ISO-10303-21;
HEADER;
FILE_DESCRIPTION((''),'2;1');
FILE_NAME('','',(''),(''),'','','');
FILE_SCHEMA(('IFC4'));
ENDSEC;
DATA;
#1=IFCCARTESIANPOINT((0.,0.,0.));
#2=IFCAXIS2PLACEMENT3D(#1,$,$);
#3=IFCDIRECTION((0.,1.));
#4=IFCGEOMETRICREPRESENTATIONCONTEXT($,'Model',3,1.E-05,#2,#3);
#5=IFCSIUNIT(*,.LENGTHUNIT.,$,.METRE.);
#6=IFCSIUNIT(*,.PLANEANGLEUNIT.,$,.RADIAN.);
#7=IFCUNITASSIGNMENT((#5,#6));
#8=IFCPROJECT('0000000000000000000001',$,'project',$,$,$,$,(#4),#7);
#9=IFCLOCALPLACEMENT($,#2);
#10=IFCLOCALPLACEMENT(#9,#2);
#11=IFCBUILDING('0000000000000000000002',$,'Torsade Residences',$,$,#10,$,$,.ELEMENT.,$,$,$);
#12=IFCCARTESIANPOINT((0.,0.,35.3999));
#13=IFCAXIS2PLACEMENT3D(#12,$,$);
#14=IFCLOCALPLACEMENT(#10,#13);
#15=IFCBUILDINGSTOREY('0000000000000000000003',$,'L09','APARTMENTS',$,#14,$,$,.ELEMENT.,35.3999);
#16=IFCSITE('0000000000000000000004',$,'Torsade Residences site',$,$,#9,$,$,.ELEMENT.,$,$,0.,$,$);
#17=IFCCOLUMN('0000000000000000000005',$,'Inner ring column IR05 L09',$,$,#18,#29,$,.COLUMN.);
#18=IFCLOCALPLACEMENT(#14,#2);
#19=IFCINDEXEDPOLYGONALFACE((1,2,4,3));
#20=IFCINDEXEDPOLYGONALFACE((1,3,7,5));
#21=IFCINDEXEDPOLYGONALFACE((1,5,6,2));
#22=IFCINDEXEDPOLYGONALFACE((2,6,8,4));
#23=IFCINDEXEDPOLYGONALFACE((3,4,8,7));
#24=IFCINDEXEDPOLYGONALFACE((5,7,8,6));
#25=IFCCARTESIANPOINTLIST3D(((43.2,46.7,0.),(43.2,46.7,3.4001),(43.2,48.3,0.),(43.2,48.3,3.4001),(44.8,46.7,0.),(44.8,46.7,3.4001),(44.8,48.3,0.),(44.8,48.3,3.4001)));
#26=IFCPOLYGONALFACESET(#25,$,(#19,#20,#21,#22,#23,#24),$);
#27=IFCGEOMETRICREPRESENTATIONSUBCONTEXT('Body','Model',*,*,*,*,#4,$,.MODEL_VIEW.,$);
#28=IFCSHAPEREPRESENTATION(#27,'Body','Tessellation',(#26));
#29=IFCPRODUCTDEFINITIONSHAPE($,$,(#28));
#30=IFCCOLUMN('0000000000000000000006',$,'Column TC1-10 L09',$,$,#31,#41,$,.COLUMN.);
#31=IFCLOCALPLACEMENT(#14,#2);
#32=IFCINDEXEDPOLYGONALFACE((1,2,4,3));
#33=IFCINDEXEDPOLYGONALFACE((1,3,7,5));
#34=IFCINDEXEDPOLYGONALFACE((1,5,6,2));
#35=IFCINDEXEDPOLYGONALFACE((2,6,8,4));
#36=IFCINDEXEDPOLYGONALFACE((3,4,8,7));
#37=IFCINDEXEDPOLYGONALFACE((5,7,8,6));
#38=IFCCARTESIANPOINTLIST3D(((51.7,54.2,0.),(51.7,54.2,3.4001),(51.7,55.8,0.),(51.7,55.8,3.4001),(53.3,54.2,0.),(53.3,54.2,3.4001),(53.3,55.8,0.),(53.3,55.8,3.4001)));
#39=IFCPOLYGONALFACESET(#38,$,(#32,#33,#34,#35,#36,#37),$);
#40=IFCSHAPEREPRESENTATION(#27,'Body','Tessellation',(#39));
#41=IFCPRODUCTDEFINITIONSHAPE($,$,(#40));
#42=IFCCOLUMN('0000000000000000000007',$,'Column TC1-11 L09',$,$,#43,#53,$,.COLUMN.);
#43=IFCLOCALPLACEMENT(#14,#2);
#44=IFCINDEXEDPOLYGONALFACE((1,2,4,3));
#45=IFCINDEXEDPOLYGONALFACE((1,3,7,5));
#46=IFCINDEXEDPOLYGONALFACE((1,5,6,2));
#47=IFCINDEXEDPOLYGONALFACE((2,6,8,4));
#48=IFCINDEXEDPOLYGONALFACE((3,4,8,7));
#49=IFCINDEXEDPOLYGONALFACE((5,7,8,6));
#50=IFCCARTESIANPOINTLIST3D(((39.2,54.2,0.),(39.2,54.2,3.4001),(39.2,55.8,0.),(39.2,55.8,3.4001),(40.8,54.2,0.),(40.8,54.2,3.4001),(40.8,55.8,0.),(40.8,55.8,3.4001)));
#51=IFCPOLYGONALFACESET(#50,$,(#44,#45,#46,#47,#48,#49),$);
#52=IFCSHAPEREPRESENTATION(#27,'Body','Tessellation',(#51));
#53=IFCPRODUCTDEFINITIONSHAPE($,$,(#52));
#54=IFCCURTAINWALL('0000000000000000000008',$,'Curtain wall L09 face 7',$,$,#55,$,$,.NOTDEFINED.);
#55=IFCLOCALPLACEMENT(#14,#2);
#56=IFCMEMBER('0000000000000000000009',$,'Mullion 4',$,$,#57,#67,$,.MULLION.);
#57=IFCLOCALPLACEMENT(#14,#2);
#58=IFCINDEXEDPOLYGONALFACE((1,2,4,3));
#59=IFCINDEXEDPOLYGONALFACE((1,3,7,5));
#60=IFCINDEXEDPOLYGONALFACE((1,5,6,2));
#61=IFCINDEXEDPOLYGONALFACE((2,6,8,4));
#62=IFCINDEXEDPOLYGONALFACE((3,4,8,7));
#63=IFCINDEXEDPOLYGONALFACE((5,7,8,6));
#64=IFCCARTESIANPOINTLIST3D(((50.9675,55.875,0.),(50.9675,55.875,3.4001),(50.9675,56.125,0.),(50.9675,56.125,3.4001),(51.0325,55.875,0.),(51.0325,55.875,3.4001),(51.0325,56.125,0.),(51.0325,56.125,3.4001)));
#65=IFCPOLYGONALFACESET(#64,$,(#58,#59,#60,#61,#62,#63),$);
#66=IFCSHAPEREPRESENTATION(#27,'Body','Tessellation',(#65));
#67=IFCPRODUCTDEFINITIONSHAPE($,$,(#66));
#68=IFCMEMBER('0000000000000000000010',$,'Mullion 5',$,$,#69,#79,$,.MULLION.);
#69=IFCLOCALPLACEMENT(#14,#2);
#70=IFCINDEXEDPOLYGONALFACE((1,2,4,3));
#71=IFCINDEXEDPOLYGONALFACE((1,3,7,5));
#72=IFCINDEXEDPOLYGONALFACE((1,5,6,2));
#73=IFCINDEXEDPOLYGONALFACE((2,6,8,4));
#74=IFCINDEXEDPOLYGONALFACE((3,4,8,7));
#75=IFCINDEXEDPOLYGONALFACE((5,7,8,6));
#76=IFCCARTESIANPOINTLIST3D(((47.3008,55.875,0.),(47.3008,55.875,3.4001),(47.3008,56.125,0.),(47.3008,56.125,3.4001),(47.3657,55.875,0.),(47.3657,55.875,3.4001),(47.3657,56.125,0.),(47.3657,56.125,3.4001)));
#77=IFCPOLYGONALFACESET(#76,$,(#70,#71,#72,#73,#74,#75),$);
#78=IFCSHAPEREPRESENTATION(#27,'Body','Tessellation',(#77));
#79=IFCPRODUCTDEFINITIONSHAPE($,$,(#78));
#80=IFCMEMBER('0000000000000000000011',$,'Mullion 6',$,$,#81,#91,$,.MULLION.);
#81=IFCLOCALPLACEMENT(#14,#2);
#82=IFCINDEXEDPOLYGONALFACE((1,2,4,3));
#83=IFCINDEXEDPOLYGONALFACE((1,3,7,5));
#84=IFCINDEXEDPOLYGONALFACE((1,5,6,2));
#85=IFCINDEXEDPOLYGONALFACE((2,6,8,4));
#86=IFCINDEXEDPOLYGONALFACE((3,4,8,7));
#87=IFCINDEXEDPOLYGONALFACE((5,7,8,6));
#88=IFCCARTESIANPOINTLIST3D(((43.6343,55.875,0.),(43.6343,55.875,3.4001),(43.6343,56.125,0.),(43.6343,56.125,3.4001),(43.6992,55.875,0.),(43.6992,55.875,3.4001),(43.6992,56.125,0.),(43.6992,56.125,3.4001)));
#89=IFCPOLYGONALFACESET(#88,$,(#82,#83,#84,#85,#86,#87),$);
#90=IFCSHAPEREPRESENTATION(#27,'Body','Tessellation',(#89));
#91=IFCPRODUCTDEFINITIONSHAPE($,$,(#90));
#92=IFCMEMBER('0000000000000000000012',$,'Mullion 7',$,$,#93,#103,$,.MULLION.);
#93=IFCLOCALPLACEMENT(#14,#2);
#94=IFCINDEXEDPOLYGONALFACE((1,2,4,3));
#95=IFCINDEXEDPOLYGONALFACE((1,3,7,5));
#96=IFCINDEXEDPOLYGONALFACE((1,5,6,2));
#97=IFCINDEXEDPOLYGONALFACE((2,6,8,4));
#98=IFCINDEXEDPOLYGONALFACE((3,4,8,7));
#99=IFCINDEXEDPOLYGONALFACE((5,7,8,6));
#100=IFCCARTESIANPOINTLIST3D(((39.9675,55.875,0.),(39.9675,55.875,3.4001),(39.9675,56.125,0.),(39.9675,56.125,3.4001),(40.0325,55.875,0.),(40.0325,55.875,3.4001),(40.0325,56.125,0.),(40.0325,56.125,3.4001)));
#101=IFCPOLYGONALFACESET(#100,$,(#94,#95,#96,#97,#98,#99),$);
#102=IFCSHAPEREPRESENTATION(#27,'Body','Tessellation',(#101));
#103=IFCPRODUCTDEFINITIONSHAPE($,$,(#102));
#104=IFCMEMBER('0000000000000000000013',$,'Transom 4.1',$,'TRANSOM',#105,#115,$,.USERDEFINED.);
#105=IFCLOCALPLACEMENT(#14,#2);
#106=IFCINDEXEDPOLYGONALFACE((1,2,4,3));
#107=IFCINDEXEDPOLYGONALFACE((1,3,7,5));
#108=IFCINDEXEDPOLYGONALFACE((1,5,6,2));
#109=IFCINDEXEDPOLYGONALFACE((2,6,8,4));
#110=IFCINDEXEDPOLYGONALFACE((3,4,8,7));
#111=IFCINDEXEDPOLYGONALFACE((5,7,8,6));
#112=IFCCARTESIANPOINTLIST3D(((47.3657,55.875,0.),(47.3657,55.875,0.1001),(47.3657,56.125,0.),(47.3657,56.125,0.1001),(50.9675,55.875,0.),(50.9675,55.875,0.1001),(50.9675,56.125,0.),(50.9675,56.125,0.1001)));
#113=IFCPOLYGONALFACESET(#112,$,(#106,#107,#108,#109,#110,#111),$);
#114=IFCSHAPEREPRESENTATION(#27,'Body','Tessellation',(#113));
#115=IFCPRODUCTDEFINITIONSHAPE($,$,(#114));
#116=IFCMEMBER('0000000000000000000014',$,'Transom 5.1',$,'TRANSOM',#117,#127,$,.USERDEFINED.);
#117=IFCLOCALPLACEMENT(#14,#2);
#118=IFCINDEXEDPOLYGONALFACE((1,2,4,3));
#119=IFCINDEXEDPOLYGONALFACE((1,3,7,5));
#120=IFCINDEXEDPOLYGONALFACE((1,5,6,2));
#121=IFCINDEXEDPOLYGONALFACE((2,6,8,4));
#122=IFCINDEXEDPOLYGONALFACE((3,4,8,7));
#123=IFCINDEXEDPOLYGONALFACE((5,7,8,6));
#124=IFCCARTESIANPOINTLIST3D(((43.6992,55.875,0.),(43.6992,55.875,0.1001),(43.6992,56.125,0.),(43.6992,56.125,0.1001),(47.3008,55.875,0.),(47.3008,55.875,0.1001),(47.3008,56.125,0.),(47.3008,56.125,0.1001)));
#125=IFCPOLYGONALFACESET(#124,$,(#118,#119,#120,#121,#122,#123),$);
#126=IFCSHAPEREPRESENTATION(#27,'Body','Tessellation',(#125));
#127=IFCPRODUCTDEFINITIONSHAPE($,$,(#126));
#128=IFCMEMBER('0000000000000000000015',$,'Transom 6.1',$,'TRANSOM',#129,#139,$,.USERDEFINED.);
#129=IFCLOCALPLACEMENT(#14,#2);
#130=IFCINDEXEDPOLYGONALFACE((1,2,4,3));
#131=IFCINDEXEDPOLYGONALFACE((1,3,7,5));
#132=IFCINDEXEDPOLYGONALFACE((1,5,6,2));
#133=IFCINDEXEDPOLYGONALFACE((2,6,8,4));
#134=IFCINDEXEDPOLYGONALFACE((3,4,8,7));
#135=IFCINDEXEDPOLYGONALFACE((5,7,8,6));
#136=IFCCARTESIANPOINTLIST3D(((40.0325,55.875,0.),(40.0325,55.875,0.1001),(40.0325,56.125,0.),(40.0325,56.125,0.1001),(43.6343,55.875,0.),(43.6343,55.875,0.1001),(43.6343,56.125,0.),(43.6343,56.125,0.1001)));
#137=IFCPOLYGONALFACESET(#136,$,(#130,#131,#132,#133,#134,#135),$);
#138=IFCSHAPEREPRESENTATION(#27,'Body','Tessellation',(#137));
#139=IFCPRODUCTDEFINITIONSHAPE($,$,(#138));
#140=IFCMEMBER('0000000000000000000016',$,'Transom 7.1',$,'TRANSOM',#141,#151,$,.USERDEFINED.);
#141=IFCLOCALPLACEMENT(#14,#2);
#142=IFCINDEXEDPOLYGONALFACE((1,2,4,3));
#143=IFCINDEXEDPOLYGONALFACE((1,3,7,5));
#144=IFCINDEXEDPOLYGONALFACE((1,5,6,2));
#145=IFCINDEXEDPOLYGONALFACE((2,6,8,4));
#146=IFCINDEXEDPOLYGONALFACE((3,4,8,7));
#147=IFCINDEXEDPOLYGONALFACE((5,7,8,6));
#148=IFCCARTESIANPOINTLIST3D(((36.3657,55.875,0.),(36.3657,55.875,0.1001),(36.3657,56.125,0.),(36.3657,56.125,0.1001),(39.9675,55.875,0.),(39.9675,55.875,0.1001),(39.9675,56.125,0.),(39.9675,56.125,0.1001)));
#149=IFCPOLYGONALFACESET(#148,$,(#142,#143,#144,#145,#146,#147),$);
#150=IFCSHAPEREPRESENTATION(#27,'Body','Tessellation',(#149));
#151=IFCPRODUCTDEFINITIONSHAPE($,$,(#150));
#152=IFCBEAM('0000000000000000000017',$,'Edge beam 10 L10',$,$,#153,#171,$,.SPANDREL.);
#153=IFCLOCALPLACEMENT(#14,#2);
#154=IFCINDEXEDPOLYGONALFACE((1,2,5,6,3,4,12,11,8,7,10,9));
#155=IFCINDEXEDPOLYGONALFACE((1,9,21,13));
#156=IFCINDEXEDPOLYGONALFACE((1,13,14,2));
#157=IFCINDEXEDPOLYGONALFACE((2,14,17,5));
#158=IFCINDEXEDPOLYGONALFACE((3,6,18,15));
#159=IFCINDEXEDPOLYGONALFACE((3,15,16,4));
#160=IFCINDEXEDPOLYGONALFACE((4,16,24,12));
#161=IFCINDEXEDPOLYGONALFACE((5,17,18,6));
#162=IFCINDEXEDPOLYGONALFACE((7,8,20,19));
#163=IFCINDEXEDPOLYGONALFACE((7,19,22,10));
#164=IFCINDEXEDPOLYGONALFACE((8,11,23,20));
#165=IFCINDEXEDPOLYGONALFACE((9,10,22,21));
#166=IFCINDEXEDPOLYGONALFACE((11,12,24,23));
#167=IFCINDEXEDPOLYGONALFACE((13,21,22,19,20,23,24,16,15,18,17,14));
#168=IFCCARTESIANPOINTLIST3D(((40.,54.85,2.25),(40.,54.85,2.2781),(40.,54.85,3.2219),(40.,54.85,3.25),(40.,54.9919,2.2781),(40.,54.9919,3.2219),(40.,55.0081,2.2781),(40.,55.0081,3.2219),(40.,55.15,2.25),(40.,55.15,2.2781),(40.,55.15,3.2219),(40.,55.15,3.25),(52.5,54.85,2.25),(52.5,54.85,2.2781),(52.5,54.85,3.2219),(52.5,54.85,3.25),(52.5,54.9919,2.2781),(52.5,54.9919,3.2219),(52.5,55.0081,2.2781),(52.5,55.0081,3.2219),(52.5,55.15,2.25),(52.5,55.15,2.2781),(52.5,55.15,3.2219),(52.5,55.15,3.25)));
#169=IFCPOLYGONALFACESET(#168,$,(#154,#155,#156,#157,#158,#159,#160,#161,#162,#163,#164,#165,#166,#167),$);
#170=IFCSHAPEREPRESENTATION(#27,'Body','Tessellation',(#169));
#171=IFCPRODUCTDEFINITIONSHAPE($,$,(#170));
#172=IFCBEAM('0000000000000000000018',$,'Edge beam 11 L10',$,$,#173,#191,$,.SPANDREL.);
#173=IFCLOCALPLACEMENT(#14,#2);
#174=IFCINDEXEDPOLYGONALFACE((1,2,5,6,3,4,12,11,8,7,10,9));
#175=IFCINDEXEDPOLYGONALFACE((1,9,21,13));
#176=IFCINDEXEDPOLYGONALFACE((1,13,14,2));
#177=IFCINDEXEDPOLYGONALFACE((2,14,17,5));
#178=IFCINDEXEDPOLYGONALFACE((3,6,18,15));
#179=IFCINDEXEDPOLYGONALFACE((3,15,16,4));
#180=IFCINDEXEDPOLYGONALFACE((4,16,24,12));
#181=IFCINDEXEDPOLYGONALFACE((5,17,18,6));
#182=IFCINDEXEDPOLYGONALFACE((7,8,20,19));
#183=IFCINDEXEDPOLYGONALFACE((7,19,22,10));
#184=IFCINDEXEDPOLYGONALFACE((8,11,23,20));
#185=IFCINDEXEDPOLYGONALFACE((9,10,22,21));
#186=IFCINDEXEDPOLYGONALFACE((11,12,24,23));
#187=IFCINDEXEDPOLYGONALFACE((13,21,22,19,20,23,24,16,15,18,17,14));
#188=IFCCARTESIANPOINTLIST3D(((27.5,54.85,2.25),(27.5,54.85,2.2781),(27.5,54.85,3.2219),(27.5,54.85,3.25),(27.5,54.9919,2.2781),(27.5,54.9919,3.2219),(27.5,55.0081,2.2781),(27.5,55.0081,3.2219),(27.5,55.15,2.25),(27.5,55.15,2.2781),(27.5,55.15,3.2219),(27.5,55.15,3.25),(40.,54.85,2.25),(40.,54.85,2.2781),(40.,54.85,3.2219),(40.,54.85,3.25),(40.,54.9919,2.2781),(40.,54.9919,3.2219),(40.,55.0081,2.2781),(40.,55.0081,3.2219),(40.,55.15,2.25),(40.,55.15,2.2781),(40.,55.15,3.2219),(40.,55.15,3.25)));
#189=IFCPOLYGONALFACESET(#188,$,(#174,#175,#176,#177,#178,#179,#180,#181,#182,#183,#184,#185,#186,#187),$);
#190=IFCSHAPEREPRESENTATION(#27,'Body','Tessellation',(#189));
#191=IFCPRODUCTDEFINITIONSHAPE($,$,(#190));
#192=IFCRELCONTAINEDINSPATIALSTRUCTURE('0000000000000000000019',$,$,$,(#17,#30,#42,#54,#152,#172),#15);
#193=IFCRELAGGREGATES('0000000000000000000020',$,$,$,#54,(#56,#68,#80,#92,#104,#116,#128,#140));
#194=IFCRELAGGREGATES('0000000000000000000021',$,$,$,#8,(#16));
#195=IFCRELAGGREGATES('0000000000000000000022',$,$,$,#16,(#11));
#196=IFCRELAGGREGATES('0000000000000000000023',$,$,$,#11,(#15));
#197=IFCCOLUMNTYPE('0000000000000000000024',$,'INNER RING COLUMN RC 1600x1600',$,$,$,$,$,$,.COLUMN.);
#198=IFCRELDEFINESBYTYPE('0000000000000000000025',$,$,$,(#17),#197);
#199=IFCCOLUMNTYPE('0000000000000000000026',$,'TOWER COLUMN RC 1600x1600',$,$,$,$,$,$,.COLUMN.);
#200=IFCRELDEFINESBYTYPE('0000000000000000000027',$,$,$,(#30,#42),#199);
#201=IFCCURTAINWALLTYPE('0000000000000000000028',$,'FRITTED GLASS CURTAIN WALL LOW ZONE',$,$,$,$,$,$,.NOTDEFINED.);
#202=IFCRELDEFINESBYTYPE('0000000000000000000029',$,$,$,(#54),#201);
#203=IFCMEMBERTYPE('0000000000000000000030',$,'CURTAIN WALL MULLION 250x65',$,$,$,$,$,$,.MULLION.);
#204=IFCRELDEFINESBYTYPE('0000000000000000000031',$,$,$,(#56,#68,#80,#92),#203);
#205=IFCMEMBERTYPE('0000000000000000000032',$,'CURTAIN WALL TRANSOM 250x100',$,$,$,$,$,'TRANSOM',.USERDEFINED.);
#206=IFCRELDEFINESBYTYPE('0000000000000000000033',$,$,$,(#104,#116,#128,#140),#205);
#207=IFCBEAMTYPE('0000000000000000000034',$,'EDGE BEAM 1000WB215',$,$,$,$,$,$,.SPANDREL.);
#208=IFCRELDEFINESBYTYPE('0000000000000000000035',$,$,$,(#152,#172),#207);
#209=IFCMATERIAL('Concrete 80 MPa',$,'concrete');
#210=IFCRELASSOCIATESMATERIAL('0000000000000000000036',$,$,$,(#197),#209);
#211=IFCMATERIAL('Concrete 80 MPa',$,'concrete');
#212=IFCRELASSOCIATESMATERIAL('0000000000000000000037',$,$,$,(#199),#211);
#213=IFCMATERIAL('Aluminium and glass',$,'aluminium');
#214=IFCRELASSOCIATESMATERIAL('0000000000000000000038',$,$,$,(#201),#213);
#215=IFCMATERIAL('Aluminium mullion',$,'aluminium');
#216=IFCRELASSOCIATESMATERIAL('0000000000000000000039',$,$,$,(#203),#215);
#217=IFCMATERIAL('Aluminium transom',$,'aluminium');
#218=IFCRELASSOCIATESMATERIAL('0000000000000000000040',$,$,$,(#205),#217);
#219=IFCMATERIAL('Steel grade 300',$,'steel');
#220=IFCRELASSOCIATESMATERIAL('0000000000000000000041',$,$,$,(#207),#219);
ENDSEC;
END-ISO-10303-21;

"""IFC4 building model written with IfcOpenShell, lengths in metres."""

from ifc_helpers import new_model, si_unit, direction, frame, origin, origin_2d, place, context, subcontext, project, spatial, rectangle, i_section, extrude, material, material_profile, profile_set, type_object, element, aggregate, save


model = new_model("IFC4")

# Units and contexts
model_context = context("Model", 3, precision=1e-05, world=origin(), true_north=direction((0.0, 1.0)))
body_context = subcontext(model_context, "Body", "Model", "MODEL_VIEW")
ifc_project = project(units=[si_unit("LENGTHUNIT", "METRE"), si_unit("PLANEANGLEUNIT", "RADIAN")], contexts=[model_context])

# Site, building, storey
site_placement = place(None, origin())
site = spatial("IfcSite", under=ifc_project, at=site_placement, Name="Torsade Residences site", CompositionType="ELEMENT", RefElevation=0.0)
building_placement = place(site_placement, origin())
building = spatial("IfcBuilding", under=site, at=building_placement, Name="Torsade Residences", CompositionType="ELEMENT")
storey_placement = place(building_placement, frame((0.0, 0.0, 35.3999)))
storey = spatial("IfcBuildingStorey", under=building, at=storey_placement, Name="L09", Description="APARTMENTS", CompositionType="ELEMENT", Elevation=35.3999)

# Columns
ifc_material_1 = material(Name="Concrete 80 MPa", Category="concrete")
ifc_material_profile_1 = material_profile(ifc_material_1, rectangle(XDim=1.6001, YDim=1.6001, at=origin_2d()), Name="RC 1600x1600")
ifc_profile_set_1 = profile_set([ifc_material_profile_1], Name="Concrete 80 MPa")
column_type_1 = type_object("IfcColumnType", Name="INNER RING COLUMN RC 1600x1600", PredefinedType="COLUMN", material=ifc_profile_set_1)
column_placement = place(storey_placement, frame((44.0, 47.5, 0.0), z_axis=(0.0, 0.0, 1.0), x_axis=(1.0, 0.0, 0.0)))
element("IfcColumn", 1, at=column_placement, inside=storey, type_object=column_type_1, Name="Inner ring column IR05 L09", PredefinedType="COLUMN", context=body_context, shape_type="SweptSolid", body=[
    extrude(rectangle(XDim=1.6001, YDim=1.6001, at=origin_2d()), origin(), (0.0, 0.0, 1.0), 3.4001),
])
ifc_material_2 = material(Name="Concrete 80 MPa", Category="concrete")
ifc_material_profile_2 = material_profile(ifc_material_2, rectangle(XDim=1.6001, YDim=1.6001, at=origin_2d()), Name="RC 1600x1600")
ifc_profile_set_2 = profile_set([ifc_material_profile_2], Name="Concrete 80 MPa")
column_type_2 = type_object("IfcColumnType", Name="TOWER COLUMN RC 1600x1600", PredefinedType="COLUMN", material=ifc_profile_set_2)
for number, where, z_axis, x_axis, name in (
    (2, (52.5, 55.0, 0.0), (0.0, 0.0, 1.0), (1.0, 0.0, 0.0), "Column TC1-10 L09"),
    (3, (40.0, 55.0, 0.0), (0.0, 0.0, 1.0), (1.0, 0.0, 0.0), "Column TC1-11 L09"),
):
    element("IfcColumn", number, at=place(storey_placement, frame(where, z_axis=z_axis, x_axis=x_axis)), inside=storey, type_object=column_type_2, Name=name, PredefinedType="COLUMN", context=body_context, shape_type="SweptSolid", body=[
        extrude(rectangle(XDim=1.6001, YDim=1.6001, at=origin_2d()), origin(), (0.0, 0.0, 1.0), 3.4001),
    ])

# Curtain wall, members
ifc_material_3 = material(Name="Aluminium and glass", Category="aluminium")
curtain_wall_type = type_object("IfcCurtainWallType", Name="FRITTED GLASS CURTAIN WALL LOW ZONE", PredefinedType="NOTDEFINED", material=ifc_material_3)
curtain_wall_placement = place(storey_placement, origin())
curtain_wall = element("IfcCurtainWall", 4, at=curtain_wall_placement, inside=storey, type_object=curtain_wall_type, Name="Curtain wall L09 face 7", PredefinedType="NOTDEFINED")
ifc_material_4 = material(Name="Aluminium mullion", Category="aluminium")
ifc_material_profile_3 = material_profile(ifc_material_4, rectangle(XDim=0.25, YDim=0.0649, at=origin_2d()), Name="CURTAIN WALL MULLION 250x65")
ifc_profile_set_3 = profile_set([ifc_material_profile_3], Name="Aluminium mullion")
member_type_1 = type_object("IfcMemberType", Name="CURTAIN WALL MULLION 250x65", PredefinedType="MULLION", material=ifc_profile_set_3)
member_1_placement = place(storey_placement, frame((51.0, 56.0, 0.0), z_axis=(0.0, 0.0, 1.0), x_axis=(0.0, -1.0, 0.0)))
member_1 = element("IfcMember", 5, at=member_1_placement, type_object=member_type_1, Name="Mullion 4", PredefinedType="MULLION", context=body_context, shape_type="SweptSolid", body=[
    extrude(rectangle(XDim=0.25, YDim=0.0649, at=origin_2d()), origin(), (0.0, 0.0, 1.0), 3.4001),
])
member_2_placement = place(storey_placement, frame((47.3333, 56.0, 0.0), z_axis=(0.0, 0.0, 1.0), x_axis=(0.0, -1.0, 0.0)))
member_2 = element("IfcMember", 6, at=member_2_placement, type_object=member_type_1, Name="Mullion 5", PredefinedType="MULLION", context=body_context, shape_type="SweptSolid", body=[
    extrude(rectangle(XDim=0.25, YDim=0.0649, at=origin_2d()), origin(), (0.0, 0.0, 1.0), 3.4001),
])
member_3_placement = place(storey_placement, frame((43.6667, 56.0, 0.0), z_axis=(0.0, 0.0, 1.0), x_axis=(0.0, -1.0, 0.0)))
member_3 = element("IfcMember", 7, at=member_3_placement, type_object=member_type_1, Name="Mullion 6", PredefinedType="MULLION", context=body_context, shape_type="SweptSolid", body=[
    extrude(rectangle(XDim=0.25, YDim=0.0649, at=origin_2d()), origin(), (0.0, 0.0, 1.0), 3.4001),
])
member_4_placement = place(storey_placement, frame((40.0, 56.0, 0.0), z_axis=(0.0, 0.0, 1.0), x_axis=(0.0, -1.0, 0.0)))
member_4 = element("IfcMember", 8, at=member_4_placement, type_object=member_type_1, Name="Mullion 7", PredefinedType="MULLION", context=body_context, shape_type="SweptSolid", body=[
    extrude(rectangle(XDim=0.25, YDim=0.0649, at=origin_2d()), origin(), (0.0, 0.0, 1.0), 3.4001),
])
ifc_material_5 = material(Name="Aluminium transom", Category="aluminium")
ifc_material_profile_4 = material_profile(ifc_material_5, rectangle(XDim=0.25, YDim=0.1001, at=origin_2d()), Name="CURTAIN WALL TRANSOM 250x100")
ifc_profile_set_4 = profile_set([ifc_material_profile_4], Name="Aluminium transom")
member_type_2 = type_object("IfcMemberType", Name="CURTAIN WALL TRANSOM 250x100", ElementType="TRANSOM", PredefinedType="USERDEFINED", material=ifc_profile_set_4)
member_5_placement = place(storey_placement, frame((50.9675, 56.0, 0.05), z_axis=(-1.0, 0.0, 0.0), x_axis=(0.0, -1.0, 0.0)))
member_5 = element("IfcMember", 9, at=member_5_placement, type_object=member_type_2, Name="Transom 4.1", ObjectType="TRANSOM", PredefinedType="USERDEFINED", context=body_context, shape_type="SweptSolid", body=[
    extrude(rectangle(XDim=0.25, YDim=0.1001, at=origin_2d()), origin(), (0.0, 0.0, 1.0), 3.6018),
])
member_6_placement = place(storey_placement, frame((47.3008, 56.0, 0.05), z_axis=(-1.0, 0.0, 0.0), x_axis=(0.0, -1.0, 0.0)))
member_6 = element("IfcMember", 10, at=member_6_placement, type_object=member_type_2, Name="Transom 5.1", ObjectType="TRANSOM", PredefinedType="USERDEFINED", context=body_context, shape_type="SweptSolid", body=[
    extrude(rectangle(XDim=0.25, YDim=0.1001, at=origin_2d()), origin(), (0.0, 0.0, 1.0), 3.6016),
])
member_7_placement = place(storey_placement, frame((43.6343, 56.0, 0.05), z_axis=(-1.0, 0.0, 0.0), x_axis=(0.0, -1.0, 0.0)))
member_7 = element("IfcMember", 11, at=member_7_placement, type_object=member_type_2, Name="Transom 6.1", ObjectType="TRANSOM", PredefinedType="USERDEFINED", context=body_context, shape_type="SweptSolid", body=[
    extrude(rectangle(XDim=0.25, YDim=0.1001, at=origin_2d()), origin(), (0.0, 0.0, 1.0), 3.6018),
])
member_8_placement = place(storey_placement, frame((39.9675, 56.0, 0.05), z_axis=(-1.0, 0.0, 0.0), x_axis=(0.0, -1.0, 0.0)))
member_8 = element("IfcMember", 12, at=member_8_placement, type_object=member_type_2, Name="Transom 7.1", ObjectType="TRANSOM", PredefinedType="USERDEFINED", context=body_context, shape_type="SweptSolid", body=[
    extrude(rectangle(XDim=0.25, YDim=0.1001, at=origin_2d()), origin(), (0.0, 0.0, 1.0), 3.6018),
])

# Beams
ifc_material_6 = material(Name="Steel grade 300", Category="steel")
ifc_material_profile_5 = material_profile(ifc_material_6, i_section(OverallWidth=0.3, OverallDepth=1.0, WebThickness=0.0161, FlangeThickness=0.0281, at=origin_2d()), Name="1000WB215")
ifc_profile_set_5 = profile_set([ifc_material_profile_5], Name="Steel grade 300")
beam_type_1 = type_object("IfcBeamType", Name="EDGE BEAM 1000WB215", PredefinedType="SPANDREL", material=ifc_profile_set_5)
for number, where, z_axis, x_axis, name in (
    (13, (52.5, 55.0, 2.75), (-1.0, 0.0, 0.0), (0.0, -1.0, 0.0), "Edge beam 10 L10"),
    (14, (40.0, 55.0, 2.75), (-1.0, 0.0, 0.0), (0.0, -1.0, 0.0), "Edge beam 11 L10"),
):
    element("IfcBeam", number, at=place(storey_placement, frame(where, z_axis=z_axis, x_axis=x_axis)), inside=storey, type_object=beam_type_1, Name=name, PredefinedType="SPANDREL", context=body_context, shape_type="SweptSolid", body=[
        extrude(i_section(OverallWidth=0.3, OverallDepth=1.0, WebThickness=0.0161, FlangeThickness=0.0281, at=origin_2d()), origin(), (0.0, 0.0, 1.0), 12.5),
    ])

aggregate(curtain_wall, [member_1, member_2, member_3, member_4, member_5, member_6, member_7, member_8])

save(model, "model.ifc")
